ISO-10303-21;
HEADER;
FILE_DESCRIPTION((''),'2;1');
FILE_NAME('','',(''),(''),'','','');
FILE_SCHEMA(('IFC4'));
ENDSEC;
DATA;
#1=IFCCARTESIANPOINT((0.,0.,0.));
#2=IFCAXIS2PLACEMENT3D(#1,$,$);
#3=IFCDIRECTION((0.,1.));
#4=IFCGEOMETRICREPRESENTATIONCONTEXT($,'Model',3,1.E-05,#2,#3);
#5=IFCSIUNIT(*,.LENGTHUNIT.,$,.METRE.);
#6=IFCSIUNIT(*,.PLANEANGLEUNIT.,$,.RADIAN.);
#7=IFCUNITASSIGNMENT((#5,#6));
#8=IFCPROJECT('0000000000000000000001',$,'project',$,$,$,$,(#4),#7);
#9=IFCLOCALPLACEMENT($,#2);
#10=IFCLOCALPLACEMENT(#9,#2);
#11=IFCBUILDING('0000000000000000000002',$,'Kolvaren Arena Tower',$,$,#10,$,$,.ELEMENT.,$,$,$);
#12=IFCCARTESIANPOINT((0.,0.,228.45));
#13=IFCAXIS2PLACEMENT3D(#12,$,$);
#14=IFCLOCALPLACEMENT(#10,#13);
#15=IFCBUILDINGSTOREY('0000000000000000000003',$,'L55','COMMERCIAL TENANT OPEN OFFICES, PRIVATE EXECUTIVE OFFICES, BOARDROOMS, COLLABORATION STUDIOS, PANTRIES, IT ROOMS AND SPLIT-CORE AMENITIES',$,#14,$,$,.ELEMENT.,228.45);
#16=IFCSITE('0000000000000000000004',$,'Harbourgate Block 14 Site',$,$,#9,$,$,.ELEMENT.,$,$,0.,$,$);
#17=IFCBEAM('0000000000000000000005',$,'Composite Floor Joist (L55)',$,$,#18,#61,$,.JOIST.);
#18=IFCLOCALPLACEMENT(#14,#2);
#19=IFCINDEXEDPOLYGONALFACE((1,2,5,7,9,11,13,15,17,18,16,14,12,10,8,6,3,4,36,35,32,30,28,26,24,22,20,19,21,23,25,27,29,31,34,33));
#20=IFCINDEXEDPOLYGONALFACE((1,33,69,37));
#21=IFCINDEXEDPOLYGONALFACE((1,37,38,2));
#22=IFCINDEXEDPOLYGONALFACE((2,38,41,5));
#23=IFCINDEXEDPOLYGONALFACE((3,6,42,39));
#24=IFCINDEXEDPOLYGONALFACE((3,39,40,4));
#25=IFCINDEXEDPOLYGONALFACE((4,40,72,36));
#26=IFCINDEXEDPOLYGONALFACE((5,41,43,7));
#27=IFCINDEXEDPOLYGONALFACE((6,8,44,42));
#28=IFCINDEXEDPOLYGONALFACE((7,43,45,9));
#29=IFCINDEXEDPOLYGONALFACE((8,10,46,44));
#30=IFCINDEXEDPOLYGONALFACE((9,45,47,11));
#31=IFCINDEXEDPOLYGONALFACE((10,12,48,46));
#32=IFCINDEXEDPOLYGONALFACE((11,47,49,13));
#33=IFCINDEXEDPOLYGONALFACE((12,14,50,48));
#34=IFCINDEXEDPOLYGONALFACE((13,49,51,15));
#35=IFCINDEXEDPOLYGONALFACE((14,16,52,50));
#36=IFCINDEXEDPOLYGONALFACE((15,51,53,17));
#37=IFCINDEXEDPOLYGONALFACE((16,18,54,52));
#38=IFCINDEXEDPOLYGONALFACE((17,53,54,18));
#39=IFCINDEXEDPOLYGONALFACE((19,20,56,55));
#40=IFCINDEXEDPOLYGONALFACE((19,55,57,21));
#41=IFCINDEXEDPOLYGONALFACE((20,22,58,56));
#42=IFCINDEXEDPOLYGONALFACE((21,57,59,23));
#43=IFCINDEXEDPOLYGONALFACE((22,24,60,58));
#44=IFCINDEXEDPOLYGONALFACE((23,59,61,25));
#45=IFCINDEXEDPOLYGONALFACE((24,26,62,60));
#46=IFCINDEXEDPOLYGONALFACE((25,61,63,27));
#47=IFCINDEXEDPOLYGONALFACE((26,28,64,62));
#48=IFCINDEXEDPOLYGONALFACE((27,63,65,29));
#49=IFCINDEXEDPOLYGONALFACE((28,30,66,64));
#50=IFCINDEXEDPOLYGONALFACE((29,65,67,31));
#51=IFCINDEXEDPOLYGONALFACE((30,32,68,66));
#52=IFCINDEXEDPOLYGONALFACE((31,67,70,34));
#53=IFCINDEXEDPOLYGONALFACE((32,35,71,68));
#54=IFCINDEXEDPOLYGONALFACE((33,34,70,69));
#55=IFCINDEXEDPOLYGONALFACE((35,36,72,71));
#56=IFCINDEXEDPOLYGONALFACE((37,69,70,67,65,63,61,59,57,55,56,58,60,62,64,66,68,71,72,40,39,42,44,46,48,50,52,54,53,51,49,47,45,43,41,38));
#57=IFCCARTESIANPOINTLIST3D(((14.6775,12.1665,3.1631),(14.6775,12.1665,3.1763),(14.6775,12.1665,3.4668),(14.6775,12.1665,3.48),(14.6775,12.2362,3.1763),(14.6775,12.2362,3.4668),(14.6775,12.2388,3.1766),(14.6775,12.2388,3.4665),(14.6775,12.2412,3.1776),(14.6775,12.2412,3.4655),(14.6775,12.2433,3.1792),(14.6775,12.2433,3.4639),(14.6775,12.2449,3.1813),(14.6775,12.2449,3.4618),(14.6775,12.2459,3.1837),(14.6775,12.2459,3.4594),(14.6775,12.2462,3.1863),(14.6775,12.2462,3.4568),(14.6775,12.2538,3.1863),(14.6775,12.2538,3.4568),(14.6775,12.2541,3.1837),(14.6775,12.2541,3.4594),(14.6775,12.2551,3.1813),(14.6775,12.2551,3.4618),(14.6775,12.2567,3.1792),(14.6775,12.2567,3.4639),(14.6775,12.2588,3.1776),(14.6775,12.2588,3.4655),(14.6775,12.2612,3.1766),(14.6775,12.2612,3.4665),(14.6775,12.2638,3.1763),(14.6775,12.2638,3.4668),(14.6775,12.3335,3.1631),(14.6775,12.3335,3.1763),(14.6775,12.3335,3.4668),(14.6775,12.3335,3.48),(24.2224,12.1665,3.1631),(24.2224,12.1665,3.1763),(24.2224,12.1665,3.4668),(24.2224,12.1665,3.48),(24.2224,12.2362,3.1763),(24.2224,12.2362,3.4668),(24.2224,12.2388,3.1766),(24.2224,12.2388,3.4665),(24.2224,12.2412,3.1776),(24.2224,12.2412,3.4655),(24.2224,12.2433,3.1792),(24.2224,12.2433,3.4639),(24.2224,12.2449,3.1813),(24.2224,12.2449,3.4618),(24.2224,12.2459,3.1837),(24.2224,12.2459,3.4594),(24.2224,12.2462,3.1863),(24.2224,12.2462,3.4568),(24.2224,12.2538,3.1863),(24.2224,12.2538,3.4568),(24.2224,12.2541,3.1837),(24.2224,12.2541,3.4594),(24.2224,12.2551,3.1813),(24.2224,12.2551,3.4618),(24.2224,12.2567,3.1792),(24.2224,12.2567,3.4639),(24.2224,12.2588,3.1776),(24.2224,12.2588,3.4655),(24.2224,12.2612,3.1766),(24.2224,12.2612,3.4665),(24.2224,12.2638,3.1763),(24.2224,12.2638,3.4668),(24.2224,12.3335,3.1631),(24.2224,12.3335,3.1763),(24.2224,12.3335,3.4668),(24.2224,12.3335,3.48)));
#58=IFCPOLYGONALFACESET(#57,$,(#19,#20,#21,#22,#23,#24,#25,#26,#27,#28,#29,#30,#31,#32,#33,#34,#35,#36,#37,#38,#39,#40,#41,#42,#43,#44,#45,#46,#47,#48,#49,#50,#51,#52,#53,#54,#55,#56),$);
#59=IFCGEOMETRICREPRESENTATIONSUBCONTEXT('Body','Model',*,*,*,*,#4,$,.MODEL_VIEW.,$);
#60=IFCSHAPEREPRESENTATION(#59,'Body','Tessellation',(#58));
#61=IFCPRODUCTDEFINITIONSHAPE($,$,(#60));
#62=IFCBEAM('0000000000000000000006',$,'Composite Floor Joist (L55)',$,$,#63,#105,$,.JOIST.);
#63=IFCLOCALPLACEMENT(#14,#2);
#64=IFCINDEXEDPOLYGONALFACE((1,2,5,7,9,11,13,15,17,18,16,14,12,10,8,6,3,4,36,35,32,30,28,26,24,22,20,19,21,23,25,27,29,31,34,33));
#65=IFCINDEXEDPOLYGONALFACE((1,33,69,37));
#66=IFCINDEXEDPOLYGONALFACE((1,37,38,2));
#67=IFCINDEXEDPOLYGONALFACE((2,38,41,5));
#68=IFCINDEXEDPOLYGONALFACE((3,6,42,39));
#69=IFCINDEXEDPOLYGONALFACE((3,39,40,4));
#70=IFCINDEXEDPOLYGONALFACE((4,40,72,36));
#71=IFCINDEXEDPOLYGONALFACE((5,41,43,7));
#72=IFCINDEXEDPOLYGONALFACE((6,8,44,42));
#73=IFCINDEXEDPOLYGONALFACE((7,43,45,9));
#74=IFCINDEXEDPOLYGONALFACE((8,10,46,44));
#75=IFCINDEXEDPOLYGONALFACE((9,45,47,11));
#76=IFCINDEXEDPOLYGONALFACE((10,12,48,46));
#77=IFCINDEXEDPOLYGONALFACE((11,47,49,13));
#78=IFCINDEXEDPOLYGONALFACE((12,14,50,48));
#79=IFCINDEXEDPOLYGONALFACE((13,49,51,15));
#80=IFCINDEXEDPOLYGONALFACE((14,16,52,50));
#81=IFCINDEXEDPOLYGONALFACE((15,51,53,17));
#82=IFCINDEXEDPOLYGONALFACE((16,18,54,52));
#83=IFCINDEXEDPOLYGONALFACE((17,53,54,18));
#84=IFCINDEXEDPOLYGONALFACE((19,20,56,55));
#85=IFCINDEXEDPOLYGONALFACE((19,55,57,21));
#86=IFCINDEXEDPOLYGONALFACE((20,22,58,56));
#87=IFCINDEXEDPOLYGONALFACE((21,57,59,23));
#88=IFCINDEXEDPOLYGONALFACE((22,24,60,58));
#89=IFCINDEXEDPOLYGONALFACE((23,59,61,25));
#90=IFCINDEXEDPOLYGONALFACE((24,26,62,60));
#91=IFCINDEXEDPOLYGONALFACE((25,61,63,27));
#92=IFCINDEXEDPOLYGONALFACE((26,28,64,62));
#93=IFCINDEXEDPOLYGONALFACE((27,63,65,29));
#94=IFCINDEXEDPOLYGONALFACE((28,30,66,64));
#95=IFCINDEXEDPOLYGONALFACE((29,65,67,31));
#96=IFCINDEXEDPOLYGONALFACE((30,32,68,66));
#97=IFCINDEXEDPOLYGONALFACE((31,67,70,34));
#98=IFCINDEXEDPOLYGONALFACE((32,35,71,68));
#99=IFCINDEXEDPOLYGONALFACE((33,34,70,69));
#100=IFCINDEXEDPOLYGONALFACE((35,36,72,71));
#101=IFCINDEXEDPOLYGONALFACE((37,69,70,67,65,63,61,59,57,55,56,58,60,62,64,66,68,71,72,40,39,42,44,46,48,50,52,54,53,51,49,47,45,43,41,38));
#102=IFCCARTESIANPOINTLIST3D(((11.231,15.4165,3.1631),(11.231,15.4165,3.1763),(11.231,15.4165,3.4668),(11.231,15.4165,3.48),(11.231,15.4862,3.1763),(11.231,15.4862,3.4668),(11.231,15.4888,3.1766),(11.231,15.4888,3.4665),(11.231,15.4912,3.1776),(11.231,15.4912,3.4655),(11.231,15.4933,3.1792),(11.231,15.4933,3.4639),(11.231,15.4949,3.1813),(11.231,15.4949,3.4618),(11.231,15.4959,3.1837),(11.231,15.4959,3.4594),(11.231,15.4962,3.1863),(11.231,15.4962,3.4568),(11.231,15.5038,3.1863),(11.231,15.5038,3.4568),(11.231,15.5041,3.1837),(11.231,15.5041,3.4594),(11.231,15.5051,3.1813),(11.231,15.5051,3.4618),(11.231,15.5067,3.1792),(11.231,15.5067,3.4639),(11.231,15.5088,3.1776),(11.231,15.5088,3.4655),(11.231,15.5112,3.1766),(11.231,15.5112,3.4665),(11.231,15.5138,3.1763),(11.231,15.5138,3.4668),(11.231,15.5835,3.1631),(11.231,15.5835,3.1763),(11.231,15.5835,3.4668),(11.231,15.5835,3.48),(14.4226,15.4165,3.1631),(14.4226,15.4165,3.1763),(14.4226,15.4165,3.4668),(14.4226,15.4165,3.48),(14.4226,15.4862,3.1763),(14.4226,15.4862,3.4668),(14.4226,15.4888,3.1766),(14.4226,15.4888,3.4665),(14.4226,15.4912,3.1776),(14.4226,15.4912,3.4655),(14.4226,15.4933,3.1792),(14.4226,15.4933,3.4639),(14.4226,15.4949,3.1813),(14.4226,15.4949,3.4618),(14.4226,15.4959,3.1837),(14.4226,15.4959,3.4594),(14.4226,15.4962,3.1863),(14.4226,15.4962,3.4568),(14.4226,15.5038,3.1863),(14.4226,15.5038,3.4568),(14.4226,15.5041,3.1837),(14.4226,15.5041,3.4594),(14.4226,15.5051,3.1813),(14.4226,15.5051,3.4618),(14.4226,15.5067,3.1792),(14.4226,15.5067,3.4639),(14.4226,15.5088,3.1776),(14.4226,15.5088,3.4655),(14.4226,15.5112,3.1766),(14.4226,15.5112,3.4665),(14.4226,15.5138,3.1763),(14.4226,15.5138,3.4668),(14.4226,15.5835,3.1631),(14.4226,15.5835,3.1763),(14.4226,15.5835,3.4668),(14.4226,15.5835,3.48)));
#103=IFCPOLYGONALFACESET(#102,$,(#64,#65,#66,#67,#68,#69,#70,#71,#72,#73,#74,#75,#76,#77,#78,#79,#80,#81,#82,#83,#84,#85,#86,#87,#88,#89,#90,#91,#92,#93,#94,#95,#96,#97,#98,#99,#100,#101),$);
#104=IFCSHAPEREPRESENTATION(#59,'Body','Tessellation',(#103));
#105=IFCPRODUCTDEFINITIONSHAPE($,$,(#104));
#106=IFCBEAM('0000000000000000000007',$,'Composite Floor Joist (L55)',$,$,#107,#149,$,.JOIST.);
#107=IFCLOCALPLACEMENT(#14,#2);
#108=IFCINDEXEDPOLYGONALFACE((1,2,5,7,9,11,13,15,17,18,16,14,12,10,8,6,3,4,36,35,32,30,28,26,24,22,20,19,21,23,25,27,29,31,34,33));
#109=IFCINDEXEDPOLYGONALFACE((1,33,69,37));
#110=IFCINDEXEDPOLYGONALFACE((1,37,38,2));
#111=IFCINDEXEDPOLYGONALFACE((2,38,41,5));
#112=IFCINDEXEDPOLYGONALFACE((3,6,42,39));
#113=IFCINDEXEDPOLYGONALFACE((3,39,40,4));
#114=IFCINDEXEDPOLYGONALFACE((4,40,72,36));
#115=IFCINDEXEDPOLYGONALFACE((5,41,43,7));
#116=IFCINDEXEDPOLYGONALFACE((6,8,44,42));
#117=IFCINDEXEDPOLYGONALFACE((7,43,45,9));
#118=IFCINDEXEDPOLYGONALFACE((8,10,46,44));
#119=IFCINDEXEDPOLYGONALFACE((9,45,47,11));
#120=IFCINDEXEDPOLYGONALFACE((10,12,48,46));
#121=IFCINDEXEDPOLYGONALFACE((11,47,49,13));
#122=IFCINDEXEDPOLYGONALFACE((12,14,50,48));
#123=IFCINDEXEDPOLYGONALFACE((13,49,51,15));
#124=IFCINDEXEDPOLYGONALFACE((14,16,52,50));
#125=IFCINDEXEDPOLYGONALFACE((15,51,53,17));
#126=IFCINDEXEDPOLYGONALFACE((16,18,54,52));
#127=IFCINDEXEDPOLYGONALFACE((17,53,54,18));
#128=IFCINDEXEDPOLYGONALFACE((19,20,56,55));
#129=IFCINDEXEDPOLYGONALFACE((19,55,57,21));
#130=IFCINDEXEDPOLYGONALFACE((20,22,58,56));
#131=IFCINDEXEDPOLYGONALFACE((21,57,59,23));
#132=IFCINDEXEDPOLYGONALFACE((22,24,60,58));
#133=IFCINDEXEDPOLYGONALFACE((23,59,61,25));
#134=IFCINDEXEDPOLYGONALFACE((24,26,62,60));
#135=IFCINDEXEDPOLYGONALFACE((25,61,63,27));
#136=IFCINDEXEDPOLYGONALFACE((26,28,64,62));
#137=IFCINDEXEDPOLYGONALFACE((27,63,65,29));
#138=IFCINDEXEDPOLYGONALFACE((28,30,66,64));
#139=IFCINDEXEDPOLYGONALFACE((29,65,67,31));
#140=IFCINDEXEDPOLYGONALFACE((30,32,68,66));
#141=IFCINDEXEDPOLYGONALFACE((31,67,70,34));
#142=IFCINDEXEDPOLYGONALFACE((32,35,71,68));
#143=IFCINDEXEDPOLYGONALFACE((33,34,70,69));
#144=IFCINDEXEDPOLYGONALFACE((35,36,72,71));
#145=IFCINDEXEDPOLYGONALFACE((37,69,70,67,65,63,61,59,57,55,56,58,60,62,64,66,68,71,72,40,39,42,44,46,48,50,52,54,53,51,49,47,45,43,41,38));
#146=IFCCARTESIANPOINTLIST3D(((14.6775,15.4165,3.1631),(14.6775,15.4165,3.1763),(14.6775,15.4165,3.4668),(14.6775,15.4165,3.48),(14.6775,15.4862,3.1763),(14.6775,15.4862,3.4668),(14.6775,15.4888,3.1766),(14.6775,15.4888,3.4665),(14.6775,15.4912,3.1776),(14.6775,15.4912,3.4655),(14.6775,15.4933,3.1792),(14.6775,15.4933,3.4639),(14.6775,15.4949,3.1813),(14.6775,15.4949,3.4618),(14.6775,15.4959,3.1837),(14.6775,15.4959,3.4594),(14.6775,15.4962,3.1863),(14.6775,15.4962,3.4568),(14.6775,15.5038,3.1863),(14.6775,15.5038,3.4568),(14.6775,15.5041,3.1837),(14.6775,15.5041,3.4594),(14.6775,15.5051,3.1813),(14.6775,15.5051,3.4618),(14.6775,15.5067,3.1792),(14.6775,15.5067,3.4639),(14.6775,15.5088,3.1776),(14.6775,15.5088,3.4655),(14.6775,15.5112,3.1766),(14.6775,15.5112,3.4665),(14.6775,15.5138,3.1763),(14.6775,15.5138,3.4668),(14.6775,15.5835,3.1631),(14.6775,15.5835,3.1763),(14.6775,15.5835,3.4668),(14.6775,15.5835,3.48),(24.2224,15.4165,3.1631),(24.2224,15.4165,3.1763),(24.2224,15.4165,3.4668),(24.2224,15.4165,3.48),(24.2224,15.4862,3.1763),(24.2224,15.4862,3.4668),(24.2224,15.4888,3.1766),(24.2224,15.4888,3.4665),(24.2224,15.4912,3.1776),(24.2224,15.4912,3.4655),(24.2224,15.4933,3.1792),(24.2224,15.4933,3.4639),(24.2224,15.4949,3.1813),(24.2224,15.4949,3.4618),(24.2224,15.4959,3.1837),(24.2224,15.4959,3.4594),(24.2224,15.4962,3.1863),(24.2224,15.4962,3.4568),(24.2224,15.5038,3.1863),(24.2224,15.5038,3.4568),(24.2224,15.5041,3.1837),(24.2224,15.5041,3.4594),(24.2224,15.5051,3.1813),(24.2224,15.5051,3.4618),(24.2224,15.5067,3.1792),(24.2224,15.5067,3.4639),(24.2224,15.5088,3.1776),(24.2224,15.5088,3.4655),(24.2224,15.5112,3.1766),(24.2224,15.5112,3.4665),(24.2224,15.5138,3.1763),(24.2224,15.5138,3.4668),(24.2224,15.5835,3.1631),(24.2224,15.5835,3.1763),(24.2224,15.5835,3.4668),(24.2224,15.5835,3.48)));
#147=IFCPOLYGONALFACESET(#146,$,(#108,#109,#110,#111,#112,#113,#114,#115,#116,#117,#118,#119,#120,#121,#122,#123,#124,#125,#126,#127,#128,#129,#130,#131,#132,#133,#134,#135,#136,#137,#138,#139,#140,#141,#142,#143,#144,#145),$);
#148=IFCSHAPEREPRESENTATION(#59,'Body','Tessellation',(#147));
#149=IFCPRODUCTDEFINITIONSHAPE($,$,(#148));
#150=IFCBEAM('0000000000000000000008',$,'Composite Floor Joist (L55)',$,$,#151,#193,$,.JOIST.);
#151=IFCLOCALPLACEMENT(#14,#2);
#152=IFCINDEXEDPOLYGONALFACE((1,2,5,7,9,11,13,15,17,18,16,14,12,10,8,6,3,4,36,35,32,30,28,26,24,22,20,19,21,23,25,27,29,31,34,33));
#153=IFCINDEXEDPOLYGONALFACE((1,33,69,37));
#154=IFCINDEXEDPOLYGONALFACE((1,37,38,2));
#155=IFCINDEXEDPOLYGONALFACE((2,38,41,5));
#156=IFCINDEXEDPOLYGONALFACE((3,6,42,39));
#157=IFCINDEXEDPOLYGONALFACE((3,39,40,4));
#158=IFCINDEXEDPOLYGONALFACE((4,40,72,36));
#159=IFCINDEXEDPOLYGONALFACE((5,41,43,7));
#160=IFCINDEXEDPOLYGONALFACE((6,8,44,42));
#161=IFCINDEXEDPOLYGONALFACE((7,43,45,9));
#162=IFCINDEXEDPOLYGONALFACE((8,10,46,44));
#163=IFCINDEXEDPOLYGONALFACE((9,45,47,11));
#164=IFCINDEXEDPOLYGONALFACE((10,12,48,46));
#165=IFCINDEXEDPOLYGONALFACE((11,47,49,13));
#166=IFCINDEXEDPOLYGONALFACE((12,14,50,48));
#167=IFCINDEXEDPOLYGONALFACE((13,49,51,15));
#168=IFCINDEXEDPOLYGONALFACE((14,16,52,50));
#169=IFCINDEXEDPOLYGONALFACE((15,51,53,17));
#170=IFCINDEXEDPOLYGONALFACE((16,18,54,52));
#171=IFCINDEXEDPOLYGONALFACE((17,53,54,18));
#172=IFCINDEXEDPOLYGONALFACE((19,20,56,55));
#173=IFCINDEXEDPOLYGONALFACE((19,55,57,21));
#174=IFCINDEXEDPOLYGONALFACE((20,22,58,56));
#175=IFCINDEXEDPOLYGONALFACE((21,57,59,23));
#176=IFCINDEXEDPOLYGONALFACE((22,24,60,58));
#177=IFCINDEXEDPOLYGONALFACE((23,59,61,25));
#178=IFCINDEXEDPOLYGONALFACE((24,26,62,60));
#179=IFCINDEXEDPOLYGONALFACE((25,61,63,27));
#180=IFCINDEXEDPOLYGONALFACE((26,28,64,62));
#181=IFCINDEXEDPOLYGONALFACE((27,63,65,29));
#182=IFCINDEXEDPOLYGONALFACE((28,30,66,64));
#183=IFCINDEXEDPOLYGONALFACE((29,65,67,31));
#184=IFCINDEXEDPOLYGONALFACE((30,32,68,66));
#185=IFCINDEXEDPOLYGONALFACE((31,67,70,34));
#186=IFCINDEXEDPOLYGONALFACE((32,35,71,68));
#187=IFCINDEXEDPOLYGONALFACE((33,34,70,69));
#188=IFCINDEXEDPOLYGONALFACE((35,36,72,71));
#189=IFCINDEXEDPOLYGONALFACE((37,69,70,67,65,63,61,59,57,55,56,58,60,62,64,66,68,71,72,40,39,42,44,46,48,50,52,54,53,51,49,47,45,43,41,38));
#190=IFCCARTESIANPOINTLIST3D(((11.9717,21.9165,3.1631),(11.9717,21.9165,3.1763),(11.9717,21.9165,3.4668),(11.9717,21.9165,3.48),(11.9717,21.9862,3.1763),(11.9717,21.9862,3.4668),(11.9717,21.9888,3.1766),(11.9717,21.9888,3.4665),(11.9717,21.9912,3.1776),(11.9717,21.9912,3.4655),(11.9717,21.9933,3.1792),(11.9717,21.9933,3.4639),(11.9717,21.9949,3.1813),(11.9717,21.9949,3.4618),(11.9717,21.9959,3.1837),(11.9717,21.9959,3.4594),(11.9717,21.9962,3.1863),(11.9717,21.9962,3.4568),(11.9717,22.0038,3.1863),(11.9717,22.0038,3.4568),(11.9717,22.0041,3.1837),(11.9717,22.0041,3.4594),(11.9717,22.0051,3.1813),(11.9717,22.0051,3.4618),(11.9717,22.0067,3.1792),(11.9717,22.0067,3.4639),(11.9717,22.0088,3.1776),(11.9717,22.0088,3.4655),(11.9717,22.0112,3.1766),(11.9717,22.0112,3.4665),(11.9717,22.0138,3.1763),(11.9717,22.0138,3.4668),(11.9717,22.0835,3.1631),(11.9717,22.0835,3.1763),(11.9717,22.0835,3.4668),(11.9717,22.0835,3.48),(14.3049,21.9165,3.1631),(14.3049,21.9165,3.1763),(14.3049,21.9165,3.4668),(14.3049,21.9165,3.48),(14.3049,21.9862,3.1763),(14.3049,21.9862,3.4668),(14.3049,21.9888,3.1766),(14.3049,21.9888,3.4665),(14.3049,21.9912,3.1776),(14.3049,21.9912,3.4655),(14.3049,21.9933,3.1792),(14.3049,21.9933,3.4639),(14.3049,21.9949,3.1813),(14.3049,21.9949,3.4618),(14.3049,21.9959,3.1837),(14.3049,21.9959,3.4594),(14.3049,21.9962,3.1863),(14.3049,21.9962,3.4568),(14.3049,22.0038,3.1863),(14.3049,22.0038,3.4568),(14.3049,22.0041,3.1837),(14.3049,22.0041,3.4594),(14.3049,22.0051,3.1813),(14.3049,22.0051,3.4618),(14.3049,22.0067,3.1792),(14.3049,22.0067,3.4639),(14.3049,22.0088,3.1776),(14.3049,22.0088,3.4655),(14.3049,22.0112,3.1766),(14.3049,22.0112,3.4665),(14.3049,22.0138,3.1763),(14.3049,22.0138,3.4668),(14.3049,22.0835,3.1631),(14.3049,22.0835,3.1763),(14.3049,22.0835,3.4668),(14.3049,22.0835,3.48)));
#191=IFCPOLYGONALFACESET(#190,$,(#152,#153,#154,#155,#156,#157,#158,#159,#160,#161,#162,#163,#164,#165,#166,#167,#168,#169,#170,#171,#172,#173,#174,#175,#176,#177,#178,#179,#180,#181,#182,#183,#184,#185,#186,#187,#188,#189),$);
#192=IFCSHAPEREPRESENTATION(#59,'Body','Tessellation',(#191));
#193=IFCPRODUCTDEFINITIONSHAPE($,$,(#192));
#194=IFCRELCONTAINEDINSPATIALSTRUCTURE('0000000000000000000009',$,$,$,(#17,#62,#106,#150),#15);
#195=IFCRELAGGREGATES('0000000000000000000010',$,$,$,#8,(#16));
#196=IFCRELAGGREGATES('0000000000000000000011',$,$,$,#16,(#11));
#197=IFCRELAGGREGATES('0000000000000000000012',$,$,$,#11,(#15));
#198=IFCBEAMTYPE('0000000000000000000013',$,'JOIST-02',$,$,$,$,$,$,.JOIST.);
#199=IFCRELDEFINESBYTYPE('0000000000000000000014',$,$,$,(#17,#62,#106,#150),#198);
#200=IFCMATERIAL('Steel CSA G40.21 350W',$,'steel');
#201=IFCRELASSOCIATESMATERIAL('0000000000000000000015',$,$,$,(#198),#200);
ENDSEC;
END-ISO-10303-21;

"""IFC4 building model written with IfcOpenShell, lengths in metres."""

from ifc_helpers import new_model, si_unit, direction, frame, origin, origin_2d, place, context, subcontext, project, spatial, i_section, extrude, material, material_profile, profile_set, type_object, element, save


model = new_model("IFC4")

# Units and contexts
model_context = context("Model", 3, precision=1e-05, world=origin(), true_north=direction((0.0, 1.0)))
body_context = subcontext(model_context, "Body", "Model", "MODEL_VIEW")
ifc_project = project(units=[si_unit("LENGTHUNIT", "METRE"), si_unit("PLANEANGLEUNIT", "RADIAN")], contexts=[model_context])

# Site, building, storey
site_placement = place(None, origin())
site = spatial("IfcSite", under=ifc_project, at=site_placement, Name="Harbourgate Block 14 Site", CompositionType="ELEMENT", RefElevation=0.0)
building_placement = place(site_placement, origin())
building = spatial("IfcBuilding", under=site, at=building_placement, Name="Kolvaren Arena Tower", CompositionType="ELEMENT")
storey_placement = place(building_placement, frame((0.0, 0.0, 228.45)))
storey = spatial("IfcBuildingStorey", under=building, at=storey_placement, Name="L55", Description="COMMERCIAL TENANT OPEN OFFICES, PRIVATE EXECUTIVE OFFICES, BOARDROOMS, COLLABORATION STUDIOS, PANTRIES, IT ROOMS AND SPLIT-CORE AMENITIES", CompositionType="ELEMENT", Elevation=228.45)

# Beams
ifc_material_1 = material(Name="Steel CSA G40.21 350W", Category="steel")
ifc_material_profile_1 = material_profile(ifc_material_1, i_section(OverallWidth=0.167, OverallDepth=0.3169, WebThickness=0.0076, FlangeThickness=0.0132, FilletRadius=0.01, at=origin_2d()), Name="W310x52")
ifc_profile_set_1 = profile_set([ifc_material_profile_1], Name="Steel CSA G40.21 350W")
beam_type_1 = type_object("IfcBeamType", Name="JOIST-02", PredefinedType="JOIST", material=ifc_profile_set_1)
beam_1_placement = place(storey_placement, frame((14.6775, 12.25, 3.3215), z_axis=(1.0, 0.0, 0.0), x_axis=(0.0, 1.0, 0.0)))
element("IfcBeam", 1, at=beam_1_placement, inside=storey, type_object=beam_type_1, Name="Composite Floor Joist (L55)", PredefinedType="JOIST", context=body_context, shape_type="SweptSolid", body=[
    extrude(i_section(OverallWidth=0.167, OverallDepth=0.3169, WebThickness=0.0076, FlangeThickness=0.0132, FilletRadius=0.01, at=origin_2d()), origin(), (0.0, 0.0, 1.0), 9.5449),
])
beam_2_placement = place(storey_placement, frame((11.231, 15.5, 3.3215), z_axis=(1.0, 0.0, 0.0), x_axis=(0.0, 1.0, 0.0)))
element("IfcBeam", 2, at=beam_2_placement, inside=storey, type_object=beam_type_1, Name="Composite Floor Joist (L55)", PredefinedType="JOIST", context=body_context, shape_type="SweptSolid", body=[
    extrude(i_section(OverallWidth=0.167, OverallDepth=0.3169, WebThickness=0.0076, FlangeThickness=0.0132, FilletRadius=0.01, at=origin_2d()), origin(), (0.0, 0.0, 1.0), 3.1917),
])
beam_3_placement = place(storey_placement, frame((14.6775, 15.5, 3.3215), z_axis=(1.0, 0.0, 0.0), x_axis=(0.0, 1.0, 0.0)))
element("IfcBeam", 3, at=beam_3_placement, inside=storey, type_object=beam_type_1, Name="Composite Floor Joist (L55)", PredefinedType="JOIST", context=body_context, shape_type="SweptSolid", body=[
    extrude(i_section(OverallWidth=0.167, OverallDepth=0.3169, WebThickness=0.0076, FlangeThickness=0.0132, FilletRadius=0.01, at=origin_2d()), origin(), (0.0, 0.0, 1.0), 9.5449),
])
beam_4_placement = place(storey_placement, frame((11.9717, 22.0, 3.3215), z_axis=(1.0, 0.0, 0.0), x_axis=(0.0, 1.0, 0.0)))
element("IfcBeam", 4, at=beam_4_placement, inside=storey, type_object=beam_type_1, Name="Composite Floor Joist (L55)", PredefinedType="JOIST", context=body_context, shape_type="SweptSolid", body=[
    extrude(i_section(OverallWidth=0.167, OverallDepth=0.3169, WebThickness=0.0076, FlangeThickness=0.0132, FilletRadius=0.01, at=origin_2d()), origin(), (0.0, 0.0, 1.0), 2.3333),
])

save(model, "model.ifc")
